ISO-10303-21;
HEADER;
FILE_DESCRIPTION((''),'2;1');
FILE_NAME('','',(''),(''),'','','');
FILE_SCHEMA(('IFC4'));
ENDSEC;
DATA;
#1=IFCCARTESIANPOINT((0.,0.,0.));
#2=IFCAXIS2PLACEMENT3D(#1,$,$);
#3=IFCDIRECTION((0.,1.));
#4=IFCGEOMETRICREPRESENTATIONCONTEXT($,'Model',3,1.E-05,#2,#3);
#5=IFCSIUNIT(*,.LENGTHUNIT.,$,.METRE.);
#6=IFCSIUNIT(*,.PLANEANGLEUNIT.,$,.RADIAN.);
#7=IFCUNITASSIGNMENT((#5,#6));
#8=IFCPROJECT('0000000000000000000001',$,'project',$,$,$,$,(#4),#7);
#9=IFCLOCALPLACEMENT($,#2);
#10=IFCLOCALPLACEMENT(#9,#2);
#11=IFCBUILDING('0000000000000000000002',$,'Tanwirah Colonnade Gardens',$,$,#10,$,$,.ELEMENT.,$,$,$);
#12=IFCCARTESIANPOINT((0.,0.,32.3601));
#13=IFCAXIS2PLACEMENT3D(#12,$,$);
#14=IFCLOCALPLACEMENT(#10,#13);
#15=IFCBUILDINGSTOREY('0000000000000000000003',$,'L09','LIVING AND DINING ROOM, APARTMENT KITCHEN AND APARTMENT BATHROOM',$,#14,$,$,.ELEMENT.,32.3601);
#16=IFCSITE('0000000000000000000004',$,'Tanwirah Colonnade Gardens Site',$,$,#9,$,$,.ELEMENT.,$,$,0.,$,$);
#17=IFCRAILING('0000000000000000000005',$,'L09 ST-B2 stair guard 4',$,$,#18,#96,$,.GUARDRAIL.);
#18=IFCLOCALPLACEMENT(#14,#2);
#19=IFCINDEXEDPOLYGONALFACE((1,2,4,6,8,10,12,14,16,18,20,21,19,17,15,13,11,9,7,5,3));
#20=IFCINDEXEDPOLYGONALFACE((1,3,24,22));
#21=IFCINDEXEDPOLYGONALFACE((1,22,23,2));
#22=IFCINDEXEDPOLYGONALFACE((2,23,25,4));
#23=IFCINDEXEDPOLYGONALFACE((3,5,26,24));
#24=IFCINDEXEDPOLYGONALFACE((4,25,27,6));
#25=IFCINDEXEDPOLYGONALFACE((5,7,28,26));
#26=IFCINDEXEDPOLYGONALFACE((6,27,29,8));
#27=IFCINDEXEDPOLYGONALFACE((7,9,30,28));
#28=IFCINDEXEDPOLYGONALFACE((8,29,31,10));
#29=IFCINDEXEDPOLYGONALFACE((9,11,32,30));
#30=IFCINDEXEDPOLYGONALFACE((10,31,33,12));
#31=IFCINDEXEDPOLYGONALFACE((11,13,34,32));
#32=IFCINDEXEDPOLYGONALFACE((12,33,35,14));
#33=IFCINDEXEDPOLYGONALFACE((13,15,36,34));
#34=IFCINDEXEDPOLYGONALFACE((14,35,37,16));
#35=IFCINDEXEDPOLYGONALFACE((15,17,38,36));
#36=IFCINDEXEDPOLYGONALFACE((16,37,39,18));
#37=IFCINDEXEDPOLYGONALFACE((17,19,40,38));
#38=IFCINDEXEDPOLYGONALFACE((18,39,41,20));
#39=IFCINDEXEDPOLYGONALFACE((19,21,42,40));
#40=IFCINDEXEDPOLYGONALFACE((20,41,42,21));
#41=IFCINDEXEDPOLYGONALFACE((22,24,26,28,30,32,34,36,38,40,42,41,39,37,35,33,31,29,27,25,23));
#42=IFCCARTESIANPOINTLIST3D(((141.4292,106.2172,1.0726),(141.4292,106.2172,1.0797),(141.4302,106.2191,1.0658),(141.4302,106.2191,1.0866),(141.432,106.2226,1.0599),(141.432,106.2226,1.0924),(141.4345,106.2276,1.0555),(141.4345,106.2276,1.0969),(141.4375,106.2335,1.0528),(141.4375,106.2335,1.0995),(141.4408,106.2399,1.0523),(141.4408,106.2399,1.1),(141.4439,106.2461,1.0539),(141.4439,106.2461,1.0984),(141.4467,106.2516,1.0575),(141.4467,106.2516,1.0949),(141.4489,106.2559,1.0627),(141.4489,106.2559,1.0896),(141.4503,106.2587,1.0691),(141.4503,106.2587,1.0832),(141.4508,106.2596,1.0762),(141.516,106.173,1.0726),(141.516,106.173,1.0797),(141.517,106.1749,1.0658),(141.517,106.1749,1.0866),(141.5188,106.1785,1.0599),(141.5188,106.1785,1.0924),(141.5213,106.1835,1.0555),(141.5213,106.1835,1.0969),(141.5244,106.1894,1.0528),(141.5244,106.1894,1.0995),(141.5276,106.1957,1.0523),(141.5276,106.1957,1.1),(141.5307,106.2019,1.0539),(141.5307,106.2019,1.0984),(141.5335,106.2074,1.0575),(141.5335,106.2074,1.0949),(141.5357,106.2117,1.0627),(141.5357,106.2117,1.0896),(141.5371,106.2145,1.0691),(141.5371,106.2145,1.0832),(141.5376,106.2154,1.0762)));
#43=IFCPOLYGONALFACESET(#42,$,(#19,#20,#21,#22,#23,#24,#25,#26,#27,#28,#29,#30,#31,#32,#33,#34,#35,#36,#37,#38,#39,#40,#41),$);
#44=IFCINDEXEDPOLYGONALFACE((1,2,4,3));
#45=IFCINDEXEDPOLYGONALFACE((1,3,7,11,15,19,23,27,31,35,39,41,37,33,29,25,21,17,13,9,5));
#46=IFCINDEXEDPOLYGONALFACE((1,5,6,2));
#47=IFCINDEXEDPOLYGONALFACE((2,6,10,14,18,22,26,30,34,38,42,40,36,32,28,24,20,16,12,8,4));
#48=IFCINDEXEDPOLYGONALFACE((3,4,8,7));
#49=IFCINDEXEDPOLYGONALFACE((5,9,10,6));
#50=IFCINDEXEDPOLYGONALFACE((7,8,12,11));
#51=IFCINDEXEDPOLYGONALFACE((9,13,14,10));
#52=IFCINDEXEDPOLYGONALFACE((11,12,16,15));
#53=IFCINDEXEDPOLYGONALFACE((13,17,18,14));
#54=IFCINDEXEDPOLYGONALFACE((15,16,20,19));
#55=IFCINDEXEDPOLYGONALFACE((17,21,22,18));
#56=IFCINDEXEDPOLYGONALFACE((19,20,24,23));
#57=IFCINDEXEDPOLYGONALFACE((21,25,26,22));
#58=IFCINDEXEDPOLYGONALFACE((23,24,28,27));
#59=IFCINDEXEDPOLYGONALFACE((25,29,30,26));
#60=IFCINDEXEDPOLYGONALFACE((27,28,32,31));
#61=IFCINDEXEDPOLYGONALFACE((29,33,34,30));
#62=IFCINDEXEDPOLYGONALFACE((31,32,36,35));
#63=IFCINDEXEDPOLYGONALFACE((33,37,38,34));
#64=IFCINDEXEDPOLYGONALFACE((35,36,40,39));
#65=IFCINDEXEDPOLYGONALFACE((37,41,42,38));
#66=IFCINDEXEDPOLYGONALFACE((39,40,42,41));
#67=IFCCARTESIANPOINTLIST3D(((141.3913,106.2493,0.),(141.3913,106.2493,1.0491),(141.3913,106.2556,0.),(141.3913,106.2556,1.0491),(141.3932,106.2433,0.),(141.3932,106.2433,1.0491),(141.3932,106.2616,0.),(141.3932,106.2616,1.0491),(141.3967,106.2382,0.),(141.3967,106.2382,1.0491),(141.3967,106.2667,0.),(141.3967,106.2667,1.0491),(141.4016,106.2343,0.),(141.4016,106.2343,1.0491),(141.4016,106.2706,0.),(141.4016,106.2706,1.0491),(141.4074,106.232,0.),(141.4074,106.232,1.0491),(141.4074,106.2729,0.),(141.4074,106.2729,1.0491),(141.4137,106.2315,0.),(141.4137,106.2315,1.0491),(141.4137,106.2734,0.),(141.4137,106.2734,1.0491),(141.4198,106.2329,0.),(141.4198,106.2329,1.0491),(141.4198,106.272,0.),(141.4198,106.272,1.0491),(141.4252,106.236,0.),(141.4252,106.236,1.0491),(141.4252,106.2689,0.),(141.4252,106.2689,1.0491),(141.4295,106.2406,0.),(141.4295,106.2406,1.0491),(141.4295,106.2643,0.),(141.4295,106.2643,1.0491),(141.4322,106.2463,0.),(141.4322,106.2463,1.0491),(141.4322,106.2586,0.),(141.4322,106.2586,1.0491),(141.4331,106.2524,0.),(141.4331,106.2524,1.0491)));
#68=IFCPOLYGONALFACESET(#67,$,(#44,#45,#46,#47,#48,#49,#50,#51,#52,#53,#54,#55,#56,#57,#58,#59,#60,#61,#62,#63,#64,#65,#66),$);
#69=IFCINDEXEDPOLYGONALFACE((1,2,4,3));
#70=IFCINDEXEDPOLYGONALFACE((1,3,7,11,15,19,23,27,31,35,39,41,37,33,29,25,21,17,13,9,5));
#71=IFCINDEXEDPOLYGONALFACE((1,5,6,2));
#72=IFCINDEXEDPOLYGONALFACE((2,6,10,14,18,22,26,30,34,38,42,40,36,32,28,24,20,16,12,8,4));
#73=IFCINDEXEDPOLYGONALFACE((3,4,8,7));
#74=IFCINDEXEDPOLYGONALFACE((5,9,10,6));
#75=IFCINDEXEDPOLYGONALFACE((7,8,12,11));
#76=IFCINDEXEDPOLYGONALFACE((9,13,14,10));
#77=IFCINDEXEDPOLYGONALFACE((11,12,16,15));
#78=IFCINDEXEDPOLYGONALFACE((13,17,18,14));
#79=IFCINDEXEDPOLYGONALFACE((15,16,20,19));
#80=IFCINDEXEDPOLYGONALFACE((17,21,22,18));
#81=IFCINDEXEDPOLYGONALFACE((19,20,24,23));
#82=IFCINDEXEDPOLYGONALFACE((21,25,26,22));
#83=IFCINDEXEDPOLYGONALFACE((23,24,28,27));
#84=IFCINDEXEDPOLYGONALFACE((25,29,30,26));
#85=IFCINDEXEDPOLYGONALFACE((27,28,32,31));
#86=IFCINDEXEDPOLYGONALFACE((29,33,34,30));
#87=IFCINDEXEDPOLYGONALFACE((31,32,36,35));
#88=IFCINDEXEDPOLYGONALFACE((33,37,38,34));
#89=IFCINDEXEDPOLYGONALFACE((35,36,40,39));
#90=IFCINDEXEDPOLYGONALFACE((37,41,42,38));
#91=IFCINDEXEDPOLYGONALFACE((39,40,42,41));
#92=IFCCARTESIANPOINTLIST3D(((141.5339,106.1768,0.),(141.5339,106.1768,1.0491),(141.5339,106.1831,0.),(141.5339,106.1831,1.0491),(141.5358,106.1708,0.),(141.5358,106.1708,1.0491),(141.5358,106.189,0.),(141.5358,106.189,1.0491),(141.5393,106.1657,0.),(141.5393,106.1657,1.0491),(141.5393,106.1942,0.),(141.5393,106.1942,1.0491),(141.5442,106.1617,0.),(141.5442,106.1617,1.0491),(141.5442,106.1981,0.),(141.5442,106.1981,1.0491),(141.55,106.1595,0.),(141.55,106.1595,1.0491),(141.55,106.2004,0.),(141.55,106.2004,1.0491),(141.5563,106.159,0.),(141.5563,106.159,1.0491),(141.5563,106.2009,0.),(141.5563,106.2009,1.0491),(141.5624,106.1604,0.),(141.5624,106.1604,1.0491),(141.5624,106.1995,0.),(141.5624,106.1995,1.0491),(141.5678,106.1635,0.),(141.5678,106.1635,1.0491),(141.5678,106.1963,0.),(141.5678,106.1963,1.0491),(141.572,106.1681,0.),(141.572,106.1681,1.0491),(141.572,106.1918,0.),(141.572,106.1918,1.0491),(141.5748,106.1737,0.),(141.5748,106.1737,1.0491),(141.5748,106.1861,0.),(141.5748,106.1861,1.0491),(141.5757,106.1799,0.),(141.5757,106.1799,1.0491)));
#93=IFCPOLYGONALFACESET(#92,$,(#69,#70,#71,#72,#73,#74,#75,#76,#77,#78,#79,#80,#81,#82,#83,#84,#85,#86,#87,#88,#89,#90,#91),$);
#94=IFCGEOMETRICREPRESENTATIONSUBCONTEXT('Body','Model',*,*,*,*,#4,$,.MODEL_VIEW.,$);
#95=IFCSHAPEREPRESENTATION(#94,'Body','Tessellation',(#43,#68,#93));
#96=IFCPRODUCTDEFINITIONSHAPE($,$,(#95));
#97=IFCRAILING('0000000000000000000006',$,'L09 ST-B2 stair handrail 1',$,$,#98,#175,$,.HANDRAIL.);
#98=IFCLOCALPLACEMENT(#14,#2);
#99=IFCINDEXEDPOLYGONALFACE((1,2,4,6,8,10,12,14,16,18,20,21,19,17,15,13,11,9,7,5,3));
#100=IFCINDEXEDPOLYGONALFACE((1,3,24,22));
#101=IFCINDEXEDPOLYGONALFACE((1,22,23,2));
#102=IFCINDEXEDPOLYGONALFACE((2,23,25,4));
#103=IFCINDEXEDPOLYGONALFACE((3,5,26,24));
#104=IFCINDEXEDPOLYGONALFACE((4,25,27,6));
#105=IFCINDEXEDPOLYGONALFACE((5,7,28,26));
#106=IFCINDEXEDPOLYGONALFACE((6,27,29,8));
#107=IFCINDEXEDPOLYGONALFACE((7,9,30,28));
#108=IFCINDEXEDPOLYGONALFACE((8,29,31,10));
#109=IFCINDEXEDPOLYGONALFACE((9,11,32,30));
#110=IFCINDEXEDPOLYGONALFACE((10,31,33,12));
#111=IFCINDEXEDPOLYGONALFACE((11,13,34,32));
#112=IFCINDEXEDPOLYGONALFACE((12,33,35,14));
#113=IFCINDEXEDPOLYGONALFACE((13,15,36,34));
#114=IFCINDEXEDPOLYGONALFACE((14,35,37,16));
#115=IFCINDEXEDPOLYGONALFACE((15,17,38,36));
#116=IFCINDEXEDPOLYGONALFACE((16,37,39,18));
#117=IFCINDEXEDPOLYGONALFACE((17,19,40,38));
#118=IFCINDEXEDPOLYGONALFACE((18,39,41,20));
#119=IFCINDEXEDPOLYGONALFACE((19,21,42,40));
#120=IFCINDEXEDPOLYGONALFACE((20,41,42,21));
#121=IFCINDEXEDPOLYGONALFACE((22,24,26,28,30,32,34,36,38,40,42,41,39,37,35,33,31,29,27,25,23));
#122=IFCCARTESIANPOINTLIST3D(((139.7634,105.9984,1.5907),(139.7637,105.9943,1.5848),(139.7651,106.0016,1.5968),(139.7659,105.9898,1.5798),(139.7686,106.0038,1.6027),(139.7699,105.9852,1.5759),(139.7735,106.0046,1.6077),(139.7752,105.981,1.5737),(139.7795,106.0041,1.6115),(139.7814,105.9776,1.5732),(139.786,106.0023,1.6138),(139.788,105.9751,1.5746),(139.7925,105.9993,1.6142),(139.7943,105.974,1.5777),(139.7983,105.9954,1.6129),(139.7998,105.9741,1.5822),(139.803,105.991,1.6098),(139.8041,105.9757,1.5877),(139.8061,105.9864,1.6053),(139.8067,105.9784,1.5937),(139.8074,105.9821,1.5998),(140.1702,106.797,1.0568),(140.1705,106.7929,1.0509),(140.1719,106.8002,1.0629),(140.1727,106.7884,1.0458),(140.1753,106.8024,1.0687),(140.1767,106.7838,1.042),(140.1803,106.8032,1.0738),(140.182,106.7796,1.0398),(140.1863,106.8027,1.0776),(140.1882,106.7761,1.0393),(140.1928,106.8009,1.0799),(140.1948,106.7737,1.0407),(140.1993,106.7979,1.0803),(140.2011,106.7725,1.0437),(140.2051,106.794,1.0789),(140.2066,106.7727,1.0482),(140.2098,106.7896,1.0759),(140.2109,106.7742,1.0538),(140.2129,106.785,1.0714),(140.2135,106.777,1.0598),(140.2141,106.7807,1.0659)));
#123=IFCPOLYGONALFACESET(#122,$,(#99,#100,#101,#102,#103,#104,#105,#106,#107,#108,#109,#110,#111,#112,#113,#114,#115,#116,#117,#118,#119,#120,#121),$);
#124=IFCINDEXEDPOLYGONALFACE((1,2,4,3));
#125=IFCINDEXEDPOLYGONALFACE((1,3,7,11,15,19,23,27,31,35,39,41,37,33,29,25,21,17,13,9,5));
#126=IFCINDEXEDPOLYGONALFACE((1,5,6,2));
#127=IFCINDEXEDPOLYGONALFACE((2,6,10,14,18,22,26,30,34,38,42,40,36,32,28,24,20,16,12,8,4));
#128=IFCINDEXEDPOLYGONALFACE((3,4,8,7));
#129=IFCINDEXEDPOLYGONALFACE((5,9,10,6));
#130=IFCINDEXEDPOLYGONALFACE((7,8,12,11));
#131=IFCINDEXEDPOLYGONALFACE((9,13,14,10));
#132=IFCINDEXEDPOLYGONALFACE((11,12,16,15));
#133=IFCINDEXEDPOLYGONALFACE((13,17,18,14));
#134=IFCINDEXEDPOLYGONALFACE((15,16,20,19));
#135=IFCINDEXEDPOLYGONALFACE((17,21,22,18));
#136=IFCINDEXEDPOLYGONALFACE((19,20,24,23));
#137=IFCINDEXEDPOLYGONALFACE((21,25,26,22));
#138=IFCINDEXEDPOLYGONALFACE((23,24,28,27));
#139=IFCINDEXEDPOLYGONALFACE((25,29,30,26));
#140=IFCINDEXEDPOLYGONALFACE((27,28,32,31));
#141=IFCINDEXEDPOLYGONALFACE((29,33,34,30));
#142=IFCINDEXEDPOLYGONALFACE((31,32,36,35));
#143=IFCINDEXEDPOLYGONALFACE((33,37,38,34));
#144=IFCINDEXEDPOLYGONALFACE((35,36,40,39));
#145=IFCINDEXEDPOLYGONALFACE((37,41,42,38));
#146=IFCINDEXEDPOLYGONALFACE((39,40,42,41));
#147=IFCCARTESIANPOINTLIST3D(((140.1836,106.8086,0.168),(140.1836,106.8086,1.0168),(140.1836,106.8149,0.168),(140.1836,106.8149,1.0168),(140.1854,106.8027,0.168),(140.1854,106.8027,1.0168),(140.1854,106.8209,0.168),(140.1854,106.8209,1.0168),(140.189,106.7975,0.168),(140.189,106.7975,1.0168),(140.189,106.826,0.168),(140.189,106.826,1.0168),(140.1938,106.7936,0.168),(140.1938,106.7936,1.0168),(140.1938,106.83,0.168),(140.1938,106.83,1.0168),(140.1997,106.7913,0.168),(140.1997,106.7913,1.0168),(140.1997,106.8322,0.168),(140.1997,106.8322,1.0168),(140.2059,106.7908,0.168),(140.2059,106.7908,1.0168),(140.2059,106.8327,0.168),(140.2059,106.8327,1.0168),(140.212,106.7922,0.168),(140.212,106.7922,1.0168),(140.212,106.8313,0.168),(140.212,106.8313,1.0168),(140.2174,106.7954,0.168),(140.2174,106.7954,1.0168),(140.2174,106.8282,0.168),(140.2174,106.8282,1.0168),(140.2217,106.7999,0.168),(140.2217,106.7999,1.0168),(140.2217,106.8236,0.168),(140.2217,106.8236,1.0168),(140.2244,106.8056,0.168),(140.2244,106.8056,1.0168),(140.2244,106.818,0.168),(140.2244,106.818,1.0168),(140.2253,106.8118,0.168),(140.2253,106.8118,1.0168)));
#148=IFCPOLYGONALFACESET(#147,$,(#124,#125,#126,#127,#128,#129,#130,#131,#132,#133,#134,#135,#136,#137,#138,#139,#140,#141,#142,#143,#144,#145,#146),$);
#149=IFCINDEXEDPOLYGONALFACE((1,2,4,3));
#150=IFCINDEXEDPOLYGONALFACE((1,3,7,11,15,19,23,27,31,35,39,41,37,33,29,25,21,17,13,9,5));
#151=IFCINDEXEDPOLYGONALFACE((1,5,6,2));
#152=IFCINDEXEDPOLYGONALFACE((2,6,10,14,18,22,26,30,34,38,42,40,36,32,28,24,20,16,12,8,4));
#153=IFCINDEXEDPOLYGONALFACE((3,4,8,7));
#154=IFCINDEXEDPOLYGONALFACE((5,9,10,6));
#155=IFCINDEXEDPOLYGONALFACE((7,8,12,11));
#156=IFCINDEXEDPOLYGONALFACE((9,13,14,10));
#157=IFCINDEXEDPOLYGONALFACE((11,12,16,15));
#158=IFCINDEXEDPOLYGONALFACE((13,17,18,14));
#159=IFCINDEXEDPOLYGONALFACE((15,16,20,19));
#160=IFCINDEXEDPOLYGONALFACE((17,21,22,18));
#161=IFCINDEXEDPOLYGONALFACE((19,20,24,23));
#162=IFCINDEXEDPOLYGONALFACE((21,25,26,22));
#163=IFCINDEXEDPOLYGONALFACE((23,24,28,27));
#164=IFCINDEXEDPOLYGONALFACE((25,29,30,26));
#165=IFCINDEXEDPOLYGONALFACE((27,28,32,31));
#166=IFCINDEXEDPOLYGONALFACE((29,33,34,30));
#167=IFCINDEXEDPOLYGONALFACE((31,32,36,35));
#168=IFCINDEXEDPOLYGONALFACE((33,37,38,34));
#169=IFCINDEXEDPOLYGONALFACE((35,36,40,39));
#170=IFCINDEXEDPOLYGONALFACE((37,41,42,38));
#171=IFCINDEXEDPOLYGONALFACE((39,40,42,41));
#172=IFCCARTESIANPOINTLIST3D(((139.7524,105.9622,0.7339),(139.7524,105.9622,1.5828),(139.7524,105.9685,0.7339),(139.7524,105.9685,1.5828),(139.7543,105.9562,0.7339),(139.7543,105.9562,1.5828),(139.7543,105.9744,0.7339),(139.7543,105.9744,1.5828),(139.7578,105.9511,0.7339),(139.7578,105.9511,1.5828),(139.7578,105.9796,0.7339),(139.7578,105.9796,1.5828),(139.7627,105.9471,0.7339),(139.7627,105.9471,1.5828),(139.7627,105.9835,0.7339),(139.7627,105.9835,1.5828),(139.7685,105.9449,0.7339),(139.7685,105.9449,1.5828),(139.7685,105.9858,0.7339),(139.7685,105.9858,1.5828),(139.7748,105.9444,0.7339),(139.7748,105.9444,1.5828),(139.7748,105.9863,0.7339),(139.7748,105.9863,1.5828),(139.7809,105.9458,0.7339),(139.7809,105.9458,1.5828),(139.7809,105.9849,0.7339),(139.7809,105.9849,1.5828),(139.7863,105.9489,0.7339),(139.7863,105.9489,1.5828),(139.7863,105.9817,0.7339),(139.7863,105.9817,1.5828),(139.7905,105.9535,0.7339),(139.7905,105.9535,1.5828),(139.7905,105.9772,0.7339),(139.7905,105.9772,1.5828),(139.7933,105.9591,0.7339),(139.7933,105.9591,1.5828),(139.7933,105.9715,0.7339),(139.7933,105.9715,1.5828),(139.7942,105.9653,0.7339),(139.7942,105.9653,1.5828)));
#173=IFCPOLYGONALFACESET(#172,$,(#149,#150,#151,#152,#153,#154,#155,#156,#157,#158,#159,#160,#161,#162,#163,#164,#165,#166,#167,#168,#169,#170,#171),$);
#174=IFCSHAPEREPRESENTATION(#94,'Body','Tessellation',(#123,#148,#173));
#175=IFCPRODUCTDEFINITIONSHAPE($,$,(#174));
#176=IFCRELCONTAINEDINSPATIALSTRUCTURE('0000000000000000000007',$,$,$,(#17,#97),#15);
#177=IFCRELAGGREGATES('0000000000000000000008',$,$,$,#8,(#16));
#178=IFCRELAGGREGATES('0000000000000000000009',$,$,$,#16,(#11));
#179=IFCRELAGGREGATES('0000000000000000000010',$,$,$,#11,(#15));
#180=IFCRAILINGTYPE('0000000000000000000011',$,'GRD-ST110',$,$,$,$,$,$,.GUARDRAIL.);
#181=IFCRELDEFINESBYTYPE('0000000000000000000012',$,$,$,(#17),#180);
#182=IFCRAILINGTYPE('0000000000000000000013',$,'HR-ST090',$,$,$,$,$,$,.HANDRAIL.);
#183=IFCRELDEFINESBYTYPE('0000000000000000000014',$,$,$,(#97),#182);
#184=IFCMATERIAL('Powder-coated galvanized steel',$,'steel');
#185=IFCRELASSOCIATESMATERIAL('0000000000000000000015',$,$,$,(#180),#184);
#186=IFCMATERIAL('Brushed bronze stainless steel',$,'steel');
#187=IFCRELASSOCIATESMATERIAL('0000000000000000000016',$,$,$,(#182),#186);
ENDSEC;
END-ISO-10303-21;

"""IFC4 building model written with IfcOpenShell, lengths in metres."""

from ifc_helpers import new_model, si_unit, direction, frame, origin, origin_2d, place, context, subcontext, project, spatial, circle, extrude, material, type_object, element, save


model = new_model("IFC4")

# Units and contexts
model_context = context("Model", 3, precision=1e-05, world=origin(), true_north=direction((0.0, 1.0)))
body_context = subcontext(model_context, "Body", "Model", "MODEL_VIEW")
ifc_project = project(units=[si_unit("LENGTHUNIT", "METRE"), si_unit("PLANEANGLEUNIT", "RADIAN")], contexts=[model_context])

# Site, building, storey
site_placement = place(None, origin())
site = spatial("IfcSite", under=ifc_project, at=site_placement, Name="Tanwirah Colonnade Gardens Site", CompositionType="ELEMENT", RefElevation=0.0)
building_placement = place(site_placement, origin())
building = spatial("IfcBuilding", under=site, at=building_placement, Name="Tanwirah Colonnade Gardens", CompositionType="ELEMENT")
storey_placement = place(building_placement, frame((0.0, 0.0, 32.3601)))
storey = spatial("IfcBuildingStorey", under=building, at=storey_placement, Name="L09", Description="LIVING AND DINING ROOM, APARTMENT KITCHEN AND APARTMENT BATHROOM", CompositionType="ELEMENT", Elevation=32.3601)

# Railings
ifc_material_1 = material(Name="Powder-coated galvanized steel", Category="steel")
railing_type_1 = type_object("IfcRailingType", Name="GRD-ST110", PredefinedType="GUARDRAIL", material=ifc_material_1)
railing_1_placement = place(storey_placement, frame((141.4121, 106.2524, 0.0)))
element("IfcRailing", 1, at=railing_1_placement, inside=storey, type_object=railing_type_1, Name="L09 ST-B2 stair guard 4", PredefinedType="GUARDRAIL", context=body_context, shape_type="SweptSolid", body=[
    extrude(circle(Radius=0.0239, at=origin_2d()), frame((0.0278, -0.0142, 1.0762), z_axis=(0.891354, -0.453308, 0.0), x_axis=(0.453308, 0.891354, 0.0)), (0.0, 0.0, 1.0), 0.0974),
    extrude(circle(Radius=0.021, at=origin_2d()), origin(), (0.0, 0.0, 1.0), 1.0491),
    extrude(circle(Radius=0.021, at=origin_2d()), frame((0.1426, -0.0725, 0.0)), (0.0, 0.0, 1.0), 1.0491),
])
ifc_material_2 = material(Name="Brushed bronze stainless steel", Category="steel")
railing_type_2 = type_object("IfcRailingType", Name="HR-ST090", PredefinedType="HANDRAIL", material=ifc_material_2)
railing_2_placement = place(storey_placement, frame((140.2043, 106.8118, 0.168)))
element("IfcRailing", 2, at=railing_2_placement, inside=storey, type_object=railing_type_2, Name="L09 ST-B2 stair handrail 1", PredefinedType="HANDRAIL", context=body_context, shape_type="SweptSolid", body=[
    extrude(circle(Radius=0.0239, at=origin_2d()), frame((-0.0122, -0.0239, 0.8918), z_axis=(-0.38993, -0.765509, 0.511811), x_axis=(0.891061, -0.453883, 0.0)), (0.0, 0.0, 1.0), 1.0432),
    extrude(circle(Radius=0.021, at=origin_2d()), origin(), (0.0, 0.0, 1.0), 0.8489),
    extrude(circle(Radius=0.021, at=origin_2d()), frame((-0.4312, -0.8464, 0.5659)), (0.0, 0.0, 1.0), 0.8489),
])

save(model, "model.ifc")
